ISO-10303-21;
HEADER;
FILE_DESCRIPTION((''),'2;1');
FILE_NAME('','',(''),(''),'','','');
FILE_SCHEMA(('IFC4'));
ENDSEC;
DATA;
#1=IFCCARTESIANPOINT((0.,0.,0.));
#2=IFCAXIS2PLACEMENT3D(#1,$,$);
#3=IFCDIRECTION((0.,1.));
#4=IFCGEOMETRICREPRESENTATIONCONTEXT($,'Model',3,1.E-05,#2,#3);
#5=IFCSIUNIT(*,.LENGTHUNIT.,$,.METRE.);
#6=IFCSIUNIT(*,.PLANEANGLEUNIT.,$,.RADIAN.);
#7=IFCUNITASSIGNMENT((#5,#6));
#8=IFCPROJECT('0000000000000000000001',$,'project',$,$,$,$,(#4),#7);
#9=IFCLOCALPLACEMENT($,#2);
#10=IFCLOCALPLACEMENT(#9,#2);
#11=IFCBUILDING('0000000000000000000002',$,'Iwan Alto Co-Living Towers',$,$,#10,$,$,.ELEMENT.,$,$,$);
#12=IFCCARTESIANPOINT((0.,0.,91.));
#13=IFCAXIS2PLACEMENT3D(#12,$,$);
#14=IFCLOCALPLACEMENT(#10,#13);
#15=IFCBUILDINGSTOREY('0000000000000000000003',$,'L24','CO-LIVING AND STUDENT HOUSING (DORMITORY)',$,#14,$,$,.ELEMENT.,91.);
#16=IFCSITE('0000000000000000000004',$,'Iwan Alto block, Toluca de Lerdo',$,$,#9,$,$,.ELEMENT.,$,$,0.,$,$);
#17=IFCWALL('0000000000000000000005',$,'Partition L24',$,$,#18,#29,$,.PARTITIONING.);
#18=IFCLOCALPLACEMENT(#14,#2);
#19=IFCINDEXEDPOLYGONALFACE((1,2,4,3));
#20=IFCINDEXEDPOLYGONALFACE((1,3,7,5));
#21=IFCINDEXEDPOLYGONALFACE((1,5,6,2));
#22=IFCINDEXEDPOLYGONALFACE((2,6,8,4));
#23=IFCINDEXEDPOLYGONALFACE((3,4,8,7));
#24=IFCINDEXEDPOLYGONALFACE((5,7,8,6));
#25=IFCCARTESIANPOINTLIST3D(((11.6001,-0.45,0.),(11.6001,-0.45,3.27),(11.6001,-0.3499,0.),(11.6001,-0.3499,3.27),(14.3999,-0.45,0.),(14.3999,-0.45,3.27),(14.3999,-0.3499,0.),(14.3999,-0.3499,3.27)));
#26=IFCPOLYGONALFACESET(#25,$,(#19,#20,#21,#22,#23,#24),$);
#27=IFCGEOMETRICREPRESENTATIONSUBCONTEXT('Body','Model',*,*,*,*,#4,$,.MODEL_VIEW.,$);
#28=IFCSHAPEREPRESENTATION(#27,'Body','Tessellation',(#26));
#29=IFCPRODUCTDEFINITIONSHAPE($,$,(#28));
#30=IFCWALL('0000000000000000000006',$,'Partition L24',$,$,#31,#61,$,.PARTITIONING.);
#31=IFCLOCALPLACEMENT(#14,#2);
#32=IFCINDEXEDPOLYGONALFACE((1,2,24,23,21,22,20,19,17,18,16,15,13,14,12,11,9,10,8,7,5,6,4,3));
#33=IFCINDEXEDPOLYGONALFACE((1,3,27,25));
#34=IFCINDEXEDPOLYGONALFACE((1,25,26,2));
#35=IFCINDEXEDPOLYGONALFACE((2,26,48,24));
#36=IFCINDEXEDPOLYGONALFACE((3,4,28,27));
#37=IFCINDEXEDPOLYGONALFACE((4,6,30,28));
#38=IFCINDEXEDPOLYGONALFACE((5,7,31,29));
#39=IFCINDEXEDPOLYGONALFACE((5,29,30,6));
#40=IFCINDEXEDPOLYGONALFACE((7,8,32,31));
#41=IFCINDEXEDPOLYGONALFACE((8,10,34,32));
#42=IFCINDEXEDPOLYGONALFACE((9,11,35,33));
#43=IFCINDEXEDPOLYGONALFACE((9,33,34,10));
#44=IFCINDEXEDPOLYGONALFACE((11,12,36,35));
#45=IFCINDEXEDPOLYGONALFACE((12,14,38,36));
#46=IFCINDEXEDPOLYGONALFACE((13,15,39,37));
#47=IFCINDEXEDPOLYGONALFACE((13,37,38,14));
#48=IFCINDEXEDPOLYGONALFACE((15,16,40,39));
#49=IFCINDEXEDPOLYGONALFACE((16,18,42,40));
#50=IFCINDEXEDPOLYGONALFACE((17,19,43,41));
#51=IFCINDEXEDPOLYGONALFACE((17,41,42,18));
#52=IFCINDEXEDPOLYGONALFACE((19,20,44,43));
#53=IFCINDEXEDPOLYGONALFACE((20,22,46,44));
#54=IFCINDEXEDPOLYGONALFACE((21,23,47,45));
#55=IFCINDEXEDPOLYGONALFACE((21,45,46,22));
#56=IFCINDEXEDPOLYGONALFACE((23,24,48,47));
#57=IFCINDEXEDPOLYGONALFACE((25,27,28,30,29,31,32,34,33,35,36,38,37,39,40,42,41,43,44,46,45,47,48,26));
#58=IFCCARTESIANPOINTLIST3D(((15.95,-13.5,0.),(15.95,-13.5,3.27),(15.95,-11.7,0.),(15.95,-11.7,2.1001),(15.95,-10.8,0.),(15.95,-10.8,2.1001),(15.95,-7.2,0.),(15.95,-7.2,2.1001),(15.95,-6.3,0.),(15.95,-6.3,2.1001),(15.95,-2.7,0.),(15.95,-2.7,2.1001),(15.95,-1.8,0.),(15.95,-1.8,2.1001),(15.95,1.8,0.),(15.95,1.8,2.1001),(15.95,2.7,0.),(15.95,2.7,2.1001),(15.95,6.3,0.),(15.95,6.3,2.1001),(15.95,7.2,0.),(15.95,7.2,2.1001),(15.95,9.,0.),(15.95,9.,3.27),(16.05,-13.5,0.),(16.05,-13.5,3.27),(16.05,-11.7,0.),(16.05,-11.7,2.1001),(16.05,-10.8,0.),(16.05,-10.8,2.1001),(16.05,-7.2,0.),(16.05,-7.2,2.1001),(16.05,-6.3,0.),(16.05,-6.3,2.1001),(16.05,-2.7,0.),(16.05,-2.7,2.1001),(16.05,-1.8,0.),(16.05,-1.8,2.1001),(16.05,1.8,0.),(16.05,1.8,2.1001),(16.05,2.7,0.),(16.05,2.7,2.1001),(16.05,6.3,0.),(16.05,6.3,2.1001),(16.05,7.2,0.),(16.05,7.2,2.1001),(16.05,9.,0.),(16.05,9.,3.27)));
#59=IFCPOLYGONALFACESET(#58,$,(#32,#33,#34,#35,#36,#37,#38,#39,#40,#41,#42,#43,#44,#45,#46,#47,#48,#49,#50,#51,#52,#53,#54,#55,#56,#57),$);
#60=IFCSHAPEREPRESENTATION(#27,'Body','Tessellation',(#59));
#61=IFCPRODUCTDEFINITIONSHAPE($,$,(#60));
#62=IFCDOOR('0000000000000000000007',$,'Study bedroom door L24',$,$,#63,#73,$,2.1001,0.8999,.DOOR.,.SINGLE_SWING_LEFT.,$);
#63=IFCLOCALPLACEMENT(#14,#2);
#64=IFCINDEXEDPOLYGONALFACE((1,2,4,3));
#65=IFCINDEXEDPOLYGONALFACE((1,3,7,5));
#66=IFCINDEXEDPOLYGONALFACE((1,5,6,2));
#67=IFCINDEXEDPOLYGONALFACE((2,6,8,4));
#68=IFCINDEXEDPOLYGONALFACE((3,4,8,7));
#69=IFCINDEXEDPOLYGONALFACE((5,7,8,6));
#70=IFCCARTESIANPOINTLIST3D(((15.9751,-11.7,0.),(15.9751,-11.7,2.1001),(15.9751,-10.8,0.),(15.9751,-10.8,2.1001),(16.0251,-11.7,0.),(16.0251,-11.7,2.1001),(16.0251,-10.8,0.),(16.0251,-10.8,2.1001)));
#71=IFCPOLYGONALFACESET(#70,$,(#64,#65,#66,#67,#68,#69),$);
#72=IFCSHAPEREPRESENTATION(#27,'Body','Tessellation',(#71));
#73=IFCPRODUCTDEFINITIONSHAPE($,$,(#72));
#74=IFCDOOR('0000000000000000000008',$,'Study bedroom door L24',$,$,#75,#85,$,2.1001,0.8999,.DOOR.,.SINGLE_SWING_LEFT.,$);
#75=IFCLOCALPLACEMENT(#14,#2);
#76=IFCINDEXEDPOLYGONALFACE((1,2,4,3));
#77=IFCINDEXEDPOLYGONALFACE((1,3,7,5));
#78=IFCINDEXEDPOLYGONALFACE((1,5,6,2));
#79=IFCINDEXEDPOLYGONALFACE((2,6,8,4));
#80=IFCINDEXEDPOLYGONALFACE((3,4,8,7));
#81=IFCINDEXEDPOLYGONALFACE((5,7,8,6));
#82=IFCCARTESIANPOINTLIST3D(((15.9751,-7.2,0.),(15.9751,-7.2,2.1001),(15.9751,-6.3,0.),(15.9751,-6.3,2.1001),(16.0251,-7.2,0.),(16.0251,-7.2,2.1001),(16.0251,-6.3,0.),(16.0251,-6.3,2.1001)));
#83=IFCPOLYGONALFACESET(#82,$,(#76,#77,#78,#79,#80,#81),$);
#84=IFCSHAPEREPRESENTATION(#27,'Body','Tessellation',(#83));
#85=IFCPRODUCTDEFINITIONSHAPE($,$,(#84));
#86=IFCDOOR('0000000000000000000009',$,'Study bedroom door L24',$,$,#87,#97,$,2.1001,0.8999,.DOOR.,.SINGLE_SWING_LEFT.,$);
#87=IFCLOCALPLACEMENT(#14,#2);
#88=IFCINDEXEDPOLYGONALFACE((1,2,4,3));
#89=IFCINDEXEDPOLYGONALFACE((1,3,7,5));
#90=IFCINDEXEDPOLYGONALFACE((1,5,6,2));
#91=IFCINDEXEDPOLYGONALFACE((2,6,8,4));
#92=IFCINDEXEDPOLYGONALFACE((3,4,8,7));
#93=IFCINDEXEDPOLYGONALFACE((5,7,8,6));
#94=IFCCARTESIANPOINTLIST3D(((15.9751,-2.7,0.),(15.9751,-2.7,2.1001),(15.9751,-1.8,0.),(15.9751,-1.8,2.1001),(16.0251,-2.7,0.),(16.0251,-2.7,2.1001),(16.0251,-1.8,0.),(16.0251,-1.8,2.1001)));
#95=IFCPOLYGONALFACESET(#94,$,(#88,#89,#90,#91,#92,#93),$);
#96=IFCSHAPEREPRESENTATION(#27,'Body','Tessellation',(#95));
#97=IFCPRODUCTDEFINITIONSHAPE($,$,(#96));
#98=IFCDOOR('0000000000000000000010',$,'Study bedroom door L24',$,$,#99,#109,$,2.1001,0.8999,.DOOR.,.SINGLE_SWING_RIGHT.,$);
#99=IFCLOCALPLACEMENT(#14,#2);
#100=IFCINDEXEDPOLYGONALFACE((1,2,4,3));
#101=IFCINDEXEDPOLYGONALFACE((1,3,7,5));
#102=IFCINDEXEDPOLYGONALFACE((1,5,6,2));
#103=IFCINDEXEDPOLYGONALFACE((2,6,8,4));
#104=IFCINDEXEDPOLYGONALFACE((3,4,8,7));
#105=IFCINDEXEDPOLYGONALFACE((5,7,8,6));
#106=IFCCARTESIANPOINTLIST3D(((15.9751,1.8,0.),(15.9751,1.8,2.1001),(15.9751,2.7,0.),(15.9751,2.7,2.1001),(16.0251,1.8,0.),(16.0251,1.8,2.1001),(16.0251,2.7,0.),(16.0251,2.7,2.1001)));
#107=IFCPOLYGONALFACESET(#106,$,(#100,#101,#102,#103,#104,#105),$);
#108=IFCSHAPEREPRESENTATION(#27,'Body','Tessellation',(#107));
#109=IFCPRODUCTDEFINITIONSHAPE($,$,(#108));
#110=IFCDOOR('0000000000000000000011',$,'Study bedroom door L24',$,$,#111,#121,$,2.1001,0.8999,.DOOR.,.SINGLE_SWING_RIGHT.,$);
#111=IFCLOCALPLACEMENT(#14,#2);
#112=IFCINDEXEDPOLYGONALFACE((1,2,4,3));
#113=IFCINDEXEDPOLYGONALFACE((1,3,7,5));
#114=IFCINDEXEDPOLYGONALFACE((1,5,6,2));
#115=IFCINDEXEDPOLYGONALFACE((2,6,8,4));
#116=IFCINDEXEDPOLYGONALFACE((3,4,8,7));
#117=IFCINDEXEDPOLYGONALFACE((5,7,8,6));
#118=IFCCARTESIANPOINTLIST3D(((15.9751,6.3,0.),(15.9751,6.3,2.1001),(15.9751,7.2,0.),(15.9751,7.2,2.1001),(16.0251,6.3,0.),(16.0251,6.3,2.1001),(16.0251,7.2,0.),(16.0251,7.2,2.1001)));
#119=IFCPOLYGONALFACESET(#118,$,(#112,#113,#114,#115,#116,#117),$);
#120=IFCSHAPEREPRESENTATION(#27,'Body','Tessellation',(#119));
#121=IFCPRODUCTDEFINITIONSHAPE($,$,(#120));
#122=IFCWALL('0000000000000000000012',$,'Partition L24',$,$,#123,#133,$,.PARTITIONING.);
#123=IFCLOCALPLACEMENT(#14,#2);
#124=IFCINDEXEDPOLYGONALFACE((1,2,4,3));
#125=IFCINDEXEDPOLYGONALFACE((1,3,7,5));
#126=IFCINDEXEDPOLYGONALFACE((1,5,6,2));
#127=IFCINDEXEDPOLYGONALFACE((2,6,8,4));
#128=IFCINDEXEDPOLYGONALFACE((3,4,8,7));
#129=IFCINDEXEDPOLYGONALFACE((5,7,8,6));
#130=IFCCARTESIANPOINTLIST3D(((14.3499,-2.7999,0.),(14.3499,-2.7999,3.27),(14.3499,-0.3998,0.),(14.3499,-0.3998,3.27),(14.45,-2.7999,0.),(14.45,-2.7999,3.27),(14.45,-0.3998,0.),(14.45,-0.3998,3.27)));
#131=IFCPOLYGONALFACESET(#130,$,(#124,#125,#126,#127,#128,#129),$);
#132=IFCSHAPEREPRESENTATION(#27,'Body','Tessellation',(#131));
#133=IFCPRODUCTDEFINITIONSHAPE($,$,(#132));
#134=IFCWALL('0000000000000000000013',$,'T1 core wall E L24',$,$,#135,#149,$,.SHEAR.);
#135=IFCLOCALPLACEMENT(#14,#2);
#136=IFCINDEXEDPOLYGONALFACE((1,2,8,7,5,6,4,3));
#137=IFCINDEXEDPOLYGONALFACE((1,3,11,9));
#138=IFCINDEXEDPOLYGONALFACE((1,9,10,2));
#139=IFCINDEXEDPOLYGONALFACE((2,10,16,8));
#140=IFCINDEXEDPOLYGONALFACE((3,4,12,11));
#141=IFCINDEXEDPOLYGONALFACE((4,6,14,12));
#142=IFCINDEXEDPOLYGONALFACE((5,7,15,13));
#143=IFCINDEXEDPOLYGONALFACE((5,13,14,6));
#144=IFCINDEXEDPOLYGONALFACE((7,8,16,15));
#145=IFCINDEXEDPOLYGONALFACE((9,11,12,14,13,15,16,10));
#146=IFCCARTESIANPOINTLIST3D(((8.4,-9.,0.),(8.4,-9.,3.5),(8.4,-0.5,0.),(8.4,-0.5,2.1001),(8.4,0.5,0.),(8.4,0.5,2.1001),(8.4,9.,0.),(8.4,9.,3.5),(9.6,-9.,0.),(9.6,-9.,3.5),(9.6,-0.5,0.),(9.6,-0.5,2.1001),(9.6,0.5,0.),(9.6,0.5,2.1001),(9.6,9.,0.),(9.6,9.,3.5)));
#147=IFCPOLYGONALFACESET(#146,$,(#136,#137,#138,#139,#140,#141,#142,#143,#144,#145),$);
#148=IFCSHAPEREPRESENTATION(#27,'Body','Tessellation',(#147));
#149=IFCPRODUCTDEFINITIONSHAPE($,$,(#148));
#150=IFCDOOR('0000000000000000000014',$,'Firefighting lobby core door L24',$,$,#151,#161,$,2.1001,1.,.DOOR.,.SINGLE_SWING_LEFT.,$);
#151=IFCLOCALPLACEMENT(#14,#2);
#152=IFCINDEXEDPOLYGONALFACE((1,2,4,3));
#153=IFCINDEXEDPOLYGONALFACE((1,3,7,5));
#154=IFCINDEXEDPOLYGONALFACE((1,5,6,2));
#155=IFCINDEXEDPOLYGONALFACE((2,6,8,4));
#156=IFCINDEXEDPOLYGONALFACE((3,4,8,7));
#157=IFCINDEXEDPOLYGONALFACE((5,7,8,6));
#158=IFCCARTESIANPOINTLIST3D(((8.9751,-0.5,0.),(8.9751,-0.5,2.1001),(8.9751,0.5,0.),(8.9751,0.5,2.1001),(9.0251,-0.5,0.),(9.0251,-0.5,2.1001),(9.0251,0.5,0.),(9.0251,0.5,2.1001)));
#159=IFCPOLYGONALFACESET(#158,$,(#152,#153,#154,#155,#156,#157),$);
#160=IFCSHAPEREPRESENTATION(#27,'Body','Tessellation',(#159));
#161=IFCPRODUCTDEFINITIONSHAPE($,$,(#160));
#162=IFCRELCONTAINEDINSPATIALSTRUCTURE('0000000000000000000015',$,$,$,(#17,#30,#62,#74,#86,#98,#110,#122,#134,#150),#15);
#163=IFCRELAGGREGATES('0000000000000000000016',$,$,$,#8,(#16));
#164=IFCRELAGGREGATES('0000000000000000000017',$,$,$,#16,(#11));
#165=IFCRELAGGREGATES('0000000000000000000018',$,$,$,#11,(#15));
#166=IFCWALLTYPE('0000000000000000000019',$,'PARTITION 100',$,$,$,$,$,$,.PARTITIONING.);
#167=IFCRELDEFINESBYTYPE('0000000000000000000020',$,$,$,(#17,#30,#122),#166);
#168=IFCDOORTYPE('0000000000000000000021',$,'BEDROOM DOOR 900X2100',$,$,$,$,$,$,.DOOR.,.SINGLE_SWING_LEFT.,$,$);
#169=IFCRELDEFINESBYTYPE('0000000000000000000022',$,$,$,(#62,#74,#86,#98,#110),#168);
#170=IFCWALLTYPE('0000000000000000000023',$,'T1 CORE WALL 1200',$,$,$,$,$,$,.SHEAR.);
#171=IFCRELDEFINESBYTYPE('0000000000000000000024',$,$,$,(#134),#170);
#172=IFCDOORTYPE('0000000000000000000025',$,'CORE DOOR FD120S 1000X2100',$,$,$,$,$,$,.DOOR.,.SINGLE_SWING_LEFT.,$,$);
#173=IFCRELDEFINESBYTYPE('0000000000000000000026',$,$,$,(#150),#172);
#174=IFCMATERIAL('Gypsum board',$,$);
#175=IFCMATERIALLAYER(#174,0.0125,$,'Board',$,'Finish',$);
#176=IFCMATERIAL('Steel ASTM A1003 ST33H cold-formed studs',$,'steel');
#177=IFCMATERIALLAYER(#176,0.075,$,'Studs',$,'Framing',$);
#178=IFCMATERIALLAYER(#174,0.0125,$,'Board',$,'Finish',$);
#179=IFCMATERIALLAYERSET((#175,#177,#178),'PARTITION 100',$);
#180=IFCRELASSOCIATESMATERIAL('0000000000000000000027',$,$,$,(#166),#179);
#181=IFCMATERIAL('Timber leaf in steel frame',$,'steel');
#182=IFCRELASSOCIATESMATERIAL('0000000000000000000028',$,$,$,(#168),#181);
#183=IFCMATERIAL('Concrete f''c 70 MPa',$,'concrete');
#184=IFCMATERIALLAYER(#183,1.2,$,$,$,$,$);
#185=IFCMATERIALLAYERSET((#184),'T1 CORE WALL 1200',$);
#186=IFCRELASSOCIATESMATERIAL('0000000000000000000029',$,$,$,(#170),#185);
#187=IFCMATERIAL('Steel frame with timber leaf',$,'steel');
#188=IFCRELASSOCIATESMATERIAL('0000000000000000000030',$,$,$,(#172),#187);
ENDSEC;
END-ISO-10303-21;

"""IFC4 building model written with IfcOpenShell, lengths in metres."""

from ifc_helpers import new_model, si_unit, direction, frame, frame_2d, origin, place, context, subcontext, project, spatial, rectangle, extrude, material, layer, layer_set, type_object, element, fill, save


model = new_model("IFC4")

# Units and contexts
model_context = context("Model", 3, precision=1e-05, world=origin(), true_north=direction((0.0, 1.0)))
body_context = subcontext(model_context, "Body", "Model", "MODEL_VIEW")
ifc_project = project(units=[si_unit("LENGTHUNIT", "METRE"), si_unit("PLANEANGLEUNIT", "RADIAN")], contexts=[model_context])

# Site, building, storey
site_placement = place(None, origin())
site = spatial("IfcSite", under=ifc_project, at=site_placement, Name="Iwan Alto block, Toluca de Lerdo", CompositionType="ELEMENT", RefElevation=0.0)
building_placement = place(site_placement, origin())
building = spatial("IfcBuilding", under=site, at=building_placement, Name="Iwan Alto Co-Living Towers", CompositionType="ELEMENT")
storey_placement = place(building_placement, frame((0.0, 0.0, 91.0)))
storey = spatial("IfcBuildingStorey", under=building, at=storey_placement, Name="L24", Description="CO-LIVING AND STUDENT HOUSING (DORMITORY)", CompositionType="ELEMENT", Elevation=91.0)

# Shared definitions
ifc_material_1 = material(Name="Gypsum board")
ifc_material_2 = material(Name="Steel ASTM A1003 ST33H cold-formed studs", Category="steel")

# Shared definitions
ifc_layer_1 = layer(ifc_material_1, 0.0125, Name="Board", Category="Finish")
ifc_layer_2 = layer(ifc_material_2, 0.075, Name="Studs", Category="Framing")
ifc_layer_3 = layer(ifc_material_1, 0.0125, Name="Board", Category="Finish")
ifc_layer_set_1 = layer_set([ifc_layer_1, ifc_layer_2, ifc_layer_3], Name="PARTITION 100")
wall_type_1 = type_object("IfcWallType", Name="PARTITION 100", PredefinedType="PARTITIONING", material=ifc_layer_set_1)

# Wall
wall_1_placement = place(storey_placement, frame((11.6001, -0.3999, 0.0), z_axis=(0.0, 0.0, 1.0), x_axis=(1.0, 0.0, 0.0)))
element("IfcWall", 1, at=wall_1_placement, inside=storey, type_object=wall_type_1, Name="Partition L24", PredefinedType="PARTITIONING", context=body_context, shape_type="SweptSolid", body=[
    extrude(rectangle(XDim=2.7998, YDim=0.1001, at=frame_2d((1.3999, 0.0))), origin(), (0.0, 0.0, 1.0), 3.27),
])

# Wall, openings, doors
wall_2_placement = place(storey_placement, frame((16.0, -13.5, 0.0), z_axis=(0.0, 0.0, 1.0), x_axis=(0.0, 1.0, 0.0)))
wall_2 = element("IfcWall", 2, at=wall_2_placement, inside=storey, type_object=wall_type_1, Name="Partition L24", PredefinedType="PARTITIONING", context=body_context, shape_type="SweptSolid", body=[
    extrude(rectangle(XDim=22.5, YDim=0.1001, at=frame_2d((11.25, 0.0))), origin(), (0.0, 0.0, 1.0), 3.27),
])
opening_1_placement = place(wall_2_placement, frame((1.8, 0.0, 0.0)))
opening_1 = element("IfcOpeningElement", 3, at=opening_1_placement, cuts=wall_2, PredefinedType="OPENING", context=body_context, shape_type="SweptSolid", body=[
    extrude(rectangle(XDim=0.8999, YDim=2.1001, at=frame_2d((0.45, 1.05))), frame((0.0, 0.0601, 0.0), z_axis=(0.0, -1.0, 0.0), x_axis=(1.0, 0.0, 0.0)), (0.0, 0.0, 1.0), 0.1201),
])
opening_2_placement = place(wall_2_placement, frame((6.3, 0.0, 0.0)))
opening_2 = element("IfcOpeningElement", 4, at=opening_2_placement, cuts=wall_2, PredefinedType="OPENING", context=body_context, shape_type="SweptSolid", body=[
    extrude(rectangle(XDim=0.8999, YDim=2.1001, at=frame_2d((0.45, 1.05))), frame((0.0, 0.0601, 0.0), z_axis=(0.0, -1.0, 0.0), x_axis=(1.0, 0.0, 0.0)), (0.0, 0.0, 1.0), 0.1201),
])
opening_3_placement = place(wall_2_placement, frame((10.8, 0.0, 0.0)))
opening_3 = element("IfcOpeningElement", 5, at=opening_3_placement, cuts=wall_2, PredefinedType="OPENING", context=body_context, shape_type="SweptSolid", body=[
    extrude(rectangle(XDim=0.8999, YDim=2.1001, at=frame_2d((0.45, 1.05))), frame((0.0, 0.0601, 0.0), z_axis=(0.0, -1.0, 0.0), x_axis=(1.0, 0.0, 0.0)), (0.0, 0.0, 1.0), 0.1201),
])
opening_4_placement = place(wall_2_placement, frame((15.3, 0.0, 0.0)))
opening_4 = element("IfcOpeningElement", 6, at=opening_4_placement, cuts=wall_2, PredefinedType="OPENING", context=body_context, shape_type="SweptSolid", body=[
    extrude(rectangle(XDim=0.8999, YDim=2.1001, at=frame_2d((0.45, 1.05))), frame((0.0, 0.0601, 0.0), z_axis=(0.0, -1.0, 0.0), x_axis=(1.0, 0.0, 0.0)), (0.0, 0.0, 1.0), 0.1201),
])
opening_5_placement = place(wall_2_placement, frame((19.8, 0.0, 0.0)))
opening_5 = element("IfcOpeningElement", 7, at=opening_5_placement, cuts=wall_2, PredefinedType="OPENING", context=body_context, shape_type="SweptSolid", body=[
    extrude(rectangle(XDim=0.8999, YDim=2.1001, at=frame_2d((0.45, 1.05))), frame((0.0, 0.0601, 0.0), z_axis=(0.0, -1.0, 0.0), x_axis=(1.0, 0.0, 0.0)), (0.0, 0.0, 1.0), 0.1201),
])
ifc_material_3 = material(Name="Timber leaf in steel frame", Category="steel")
door_type_1 = type_object("IfcDoorType", Name="BEDROOM DOOR 900X2100", OperationType="SINGLE_SWING_LEFT", PredefinedType="DOOR", material=ifc_material_3)
door_1_placement = place(opening_1_placement, origin())
door_1 = element("IfcDoor", 8, at=door_1_placement, inside=storey, type_object=door_type_1, Name="Study bedroom door L24", OperationType="SINGLE_SWING_LEFT", OverallHeight=2.1001, OverallWidth=0.8999, PredefinedType="DOOR", context=body_context, shape_type="SweptSolid", body=[
    extrude(rectangle(XDim=0.8999, YDim=2.1001, at=frame_2d((0.45, 1.05))), frame((0.0, 0.0249, 0.0), z_axis=(0.0, -1.0, 0.0), x_axis=(1.0, 0.0, 0.0)), (0.0, 0.0, 1.0), 0.05),
])
fill(opening_1, door_1)
door_2_placement = place(opening_2_placement, origin())
door_2 = element("IfcDoor", 9, at=door_2_placement, inside=storey, type_object=door_type_1, Name="Study bedroom door L24", OperationType="SINGLE_SWING_LEFT", OverallHeight=2.1001, OverallWidth=0.8999, PredefinedType="DOOR", context=body_context, shape_type="SweptSolid", body=[
    extrude(rectangle(XDim=0.8999, YDim=2.1001, at=frame_2d((0.45, 1.05))), frame((0.0, 0.0249, 0.0), z_axis=(0.0, -1.0, 0.0), x_axis=(1.0, 0.0, 0.0)), (0.0, 0.0, 1.0), 0.05),
])
fill(opening_2, door_2)
door_3_placement = place(opening_3_placement, origin())
door_3 = element("IfcDoor", 10, at=door_3_placement, inside=storey, type_object=door_type_1, Name="Study bedroom door L24", OperationType="SINGLE_SWING_LEFT", OverallHeight=2.1001, OverallWidth=0.8999, PredefinedType="DOOR", context=body_context, shape_type="SweptSolid", body=[
    extrude(rectangle(XDim=0.8999, YDim=2.1001, at=frame_2d((0.45, 1.05))), frame((0.0, 0.0249, 0.0), z_axis=(0.0, -1.0, 0.0), x_axis=(1.0, 0.0, 0.0)), (0.0, 0.0, 1.0), 0.05),
])
fill(opening_3, door_3)
door_4_placement = place(opening_4_placement, origin())
door_4 = element("IfcDoor", 11, at=door_4_placement, inside=storey, type_object=door_type_1, Name="Study bedroom door L24", OperationType="SINGLE_SWING_RIGHT", OverallHeight=2.1001, OverallWidth=0.8999, PredefinedType="DOOR", context=body_context, shape_type="SweptSolid", body=[
    extrude(rectangle(XDim=0.8999, YDim=2.1001, at=frame_2d((0.45, 1.05))), frame((0.0, 0.0249, 0.0), z_axis=(0.0, -1.0, 0.0), x_axis=(1.0, 0.0, 0.0)), (0.0, 0.0, 1.0), 0.05),
])
fill(opening_4, door_4)
door_5_placement = place(opening_5_placement, origin())
door_5 = element("IfcDoor", 12, at=door_5_placement, inside=storey, type_object=door_type_1, Name="Study bedroom door L24", OperationType="SINGLE_SWING_RIGHT", OverallHeight=2.1001, OverallWidth=0.8999, PredefinedType="DOOR", context=body_context, shape_type="SweptSolid", body=[
    extrude(rectangle(XDim=0.8999, YDim=2.1001, at=frame_2d((0.45, 1.05))), frame((0.0, 0.0249, 0.0), z_axis=(0.0, -1.0, 0.0), x_axis=(1.0, 0.0, 0.0)), (0.0, 0.0, 1.0), 0.05),
])
fill(opening_5, door_5)

# Wall
wall_3_placement = place(storey_placement, frame((14.3999, -2.8, 0.0), z_axis=(0.0, 0.0, 1.0), x_axis=(0.0, 1.0, 0.0)))
element("IfcWall", 13, at=wall_3_placement, inside=storey, type_object=wall_type_1, Name="Partition L24", PredefinedType="PARTITIONING", context=body_context, shape_type="SweptSolid", body=[
    extrude(rectangle(XDim=2.4001, YDim=0.1001, at=frame_2d((1.2002, 0.0))), origin(), (0.0, 0.0, 1.0), 3.27),
])

# Wall, opening, door
ifc_material_4 = material(Name="Concrete f'c 70 MPa", Category="concrete")
ifc_layer_4 = layer(ifc_material_4, 1.2)
ifc_layer_set_2 = layer_set([ifc_layer_4], Name="T1 CORE WALL 1200")
wall_type_2 = type_object("IfcWallType", Name="T1 CORE WALL 1200", PredefinedType="SHEAR", material=ifc_layer_set_2)
wall_4_placement = place(storey_placement, frame((9.0, -9.0, 0.0), z_axis=(0.0, 0.0, 1.0), x_axis=(0.0, 1.0, 0.0)))
wall_4 = element("IfcWall", 14, at=wall_4_placement, inside=storey, type_object=wall_type_2, Name="T1 core wall E L24", PredefinedType="SHEAR", context=body_context, shape_type="SweptSolid", body=[
    extrude(rectangle(XDim=18.0, YDim=1.2, at=frame_2d((9.0, 0.0))), origin(), (0.0, 0.0, 1.0), 3.5),
])
opening_6_placement = place(wall_4_placement, frame((8.5, 0.0, 0.0)))
opening_6 = element("IfcOpeningElement", 15, at=opening_6_placement, cuts=wall_4, PredefinedType="OPENING", context=body_context, shape_type="SweptSolid", body=[
    extrude(rectangle(XDim=1.0, YDim=2.1001, at=frame_2d((0.5, 1.05))), frame((0.0, 0.6099, 0.0), z_axis=(0.0, -1.0, 0.0), x_axis=(1.0, 0.0, 0.0)), (0.0, 0.0, 1.0), 1.22),
])
ifc_material_5 = material(Name="Steel frame with timber leaf", Category="steel")
door_type_2 = type_object("IfcDoorType", Name="CORE DOOR FD120S 1000X2100", OperationType="SINGLE_SWING_LEFT", PredefinedType="DOOR", material=ifc_material_5)
door_6_placement = place(opening_6_placement, origin())
door_6 = element("IfcDoor", 16, at=door_6_placement, inside=storey, type_object=door_type_2, Name="Firefighting lobby core door L24", OperationType="SINGLE_SWING_LEFT", OverallHeight=2.1001, OverallWidth=1.0, PredefinedType="DOOR", context=body_context, shape_type="SweptSolid", body=[
    extrude(rectangle(XDim=1.0, YDim=2.1001, at=frame_2d((0.5, 1.05))), frame((0.0, 0.0249, 0.0), z_axis=(0.0, -1.0, 0.0), x_axis=(1.0, 0.0, 0.0)), (0.0, 0.0, 1.0), 0.05),
])
fill(opening_6, door_6)

save(model, "model.ifc")
